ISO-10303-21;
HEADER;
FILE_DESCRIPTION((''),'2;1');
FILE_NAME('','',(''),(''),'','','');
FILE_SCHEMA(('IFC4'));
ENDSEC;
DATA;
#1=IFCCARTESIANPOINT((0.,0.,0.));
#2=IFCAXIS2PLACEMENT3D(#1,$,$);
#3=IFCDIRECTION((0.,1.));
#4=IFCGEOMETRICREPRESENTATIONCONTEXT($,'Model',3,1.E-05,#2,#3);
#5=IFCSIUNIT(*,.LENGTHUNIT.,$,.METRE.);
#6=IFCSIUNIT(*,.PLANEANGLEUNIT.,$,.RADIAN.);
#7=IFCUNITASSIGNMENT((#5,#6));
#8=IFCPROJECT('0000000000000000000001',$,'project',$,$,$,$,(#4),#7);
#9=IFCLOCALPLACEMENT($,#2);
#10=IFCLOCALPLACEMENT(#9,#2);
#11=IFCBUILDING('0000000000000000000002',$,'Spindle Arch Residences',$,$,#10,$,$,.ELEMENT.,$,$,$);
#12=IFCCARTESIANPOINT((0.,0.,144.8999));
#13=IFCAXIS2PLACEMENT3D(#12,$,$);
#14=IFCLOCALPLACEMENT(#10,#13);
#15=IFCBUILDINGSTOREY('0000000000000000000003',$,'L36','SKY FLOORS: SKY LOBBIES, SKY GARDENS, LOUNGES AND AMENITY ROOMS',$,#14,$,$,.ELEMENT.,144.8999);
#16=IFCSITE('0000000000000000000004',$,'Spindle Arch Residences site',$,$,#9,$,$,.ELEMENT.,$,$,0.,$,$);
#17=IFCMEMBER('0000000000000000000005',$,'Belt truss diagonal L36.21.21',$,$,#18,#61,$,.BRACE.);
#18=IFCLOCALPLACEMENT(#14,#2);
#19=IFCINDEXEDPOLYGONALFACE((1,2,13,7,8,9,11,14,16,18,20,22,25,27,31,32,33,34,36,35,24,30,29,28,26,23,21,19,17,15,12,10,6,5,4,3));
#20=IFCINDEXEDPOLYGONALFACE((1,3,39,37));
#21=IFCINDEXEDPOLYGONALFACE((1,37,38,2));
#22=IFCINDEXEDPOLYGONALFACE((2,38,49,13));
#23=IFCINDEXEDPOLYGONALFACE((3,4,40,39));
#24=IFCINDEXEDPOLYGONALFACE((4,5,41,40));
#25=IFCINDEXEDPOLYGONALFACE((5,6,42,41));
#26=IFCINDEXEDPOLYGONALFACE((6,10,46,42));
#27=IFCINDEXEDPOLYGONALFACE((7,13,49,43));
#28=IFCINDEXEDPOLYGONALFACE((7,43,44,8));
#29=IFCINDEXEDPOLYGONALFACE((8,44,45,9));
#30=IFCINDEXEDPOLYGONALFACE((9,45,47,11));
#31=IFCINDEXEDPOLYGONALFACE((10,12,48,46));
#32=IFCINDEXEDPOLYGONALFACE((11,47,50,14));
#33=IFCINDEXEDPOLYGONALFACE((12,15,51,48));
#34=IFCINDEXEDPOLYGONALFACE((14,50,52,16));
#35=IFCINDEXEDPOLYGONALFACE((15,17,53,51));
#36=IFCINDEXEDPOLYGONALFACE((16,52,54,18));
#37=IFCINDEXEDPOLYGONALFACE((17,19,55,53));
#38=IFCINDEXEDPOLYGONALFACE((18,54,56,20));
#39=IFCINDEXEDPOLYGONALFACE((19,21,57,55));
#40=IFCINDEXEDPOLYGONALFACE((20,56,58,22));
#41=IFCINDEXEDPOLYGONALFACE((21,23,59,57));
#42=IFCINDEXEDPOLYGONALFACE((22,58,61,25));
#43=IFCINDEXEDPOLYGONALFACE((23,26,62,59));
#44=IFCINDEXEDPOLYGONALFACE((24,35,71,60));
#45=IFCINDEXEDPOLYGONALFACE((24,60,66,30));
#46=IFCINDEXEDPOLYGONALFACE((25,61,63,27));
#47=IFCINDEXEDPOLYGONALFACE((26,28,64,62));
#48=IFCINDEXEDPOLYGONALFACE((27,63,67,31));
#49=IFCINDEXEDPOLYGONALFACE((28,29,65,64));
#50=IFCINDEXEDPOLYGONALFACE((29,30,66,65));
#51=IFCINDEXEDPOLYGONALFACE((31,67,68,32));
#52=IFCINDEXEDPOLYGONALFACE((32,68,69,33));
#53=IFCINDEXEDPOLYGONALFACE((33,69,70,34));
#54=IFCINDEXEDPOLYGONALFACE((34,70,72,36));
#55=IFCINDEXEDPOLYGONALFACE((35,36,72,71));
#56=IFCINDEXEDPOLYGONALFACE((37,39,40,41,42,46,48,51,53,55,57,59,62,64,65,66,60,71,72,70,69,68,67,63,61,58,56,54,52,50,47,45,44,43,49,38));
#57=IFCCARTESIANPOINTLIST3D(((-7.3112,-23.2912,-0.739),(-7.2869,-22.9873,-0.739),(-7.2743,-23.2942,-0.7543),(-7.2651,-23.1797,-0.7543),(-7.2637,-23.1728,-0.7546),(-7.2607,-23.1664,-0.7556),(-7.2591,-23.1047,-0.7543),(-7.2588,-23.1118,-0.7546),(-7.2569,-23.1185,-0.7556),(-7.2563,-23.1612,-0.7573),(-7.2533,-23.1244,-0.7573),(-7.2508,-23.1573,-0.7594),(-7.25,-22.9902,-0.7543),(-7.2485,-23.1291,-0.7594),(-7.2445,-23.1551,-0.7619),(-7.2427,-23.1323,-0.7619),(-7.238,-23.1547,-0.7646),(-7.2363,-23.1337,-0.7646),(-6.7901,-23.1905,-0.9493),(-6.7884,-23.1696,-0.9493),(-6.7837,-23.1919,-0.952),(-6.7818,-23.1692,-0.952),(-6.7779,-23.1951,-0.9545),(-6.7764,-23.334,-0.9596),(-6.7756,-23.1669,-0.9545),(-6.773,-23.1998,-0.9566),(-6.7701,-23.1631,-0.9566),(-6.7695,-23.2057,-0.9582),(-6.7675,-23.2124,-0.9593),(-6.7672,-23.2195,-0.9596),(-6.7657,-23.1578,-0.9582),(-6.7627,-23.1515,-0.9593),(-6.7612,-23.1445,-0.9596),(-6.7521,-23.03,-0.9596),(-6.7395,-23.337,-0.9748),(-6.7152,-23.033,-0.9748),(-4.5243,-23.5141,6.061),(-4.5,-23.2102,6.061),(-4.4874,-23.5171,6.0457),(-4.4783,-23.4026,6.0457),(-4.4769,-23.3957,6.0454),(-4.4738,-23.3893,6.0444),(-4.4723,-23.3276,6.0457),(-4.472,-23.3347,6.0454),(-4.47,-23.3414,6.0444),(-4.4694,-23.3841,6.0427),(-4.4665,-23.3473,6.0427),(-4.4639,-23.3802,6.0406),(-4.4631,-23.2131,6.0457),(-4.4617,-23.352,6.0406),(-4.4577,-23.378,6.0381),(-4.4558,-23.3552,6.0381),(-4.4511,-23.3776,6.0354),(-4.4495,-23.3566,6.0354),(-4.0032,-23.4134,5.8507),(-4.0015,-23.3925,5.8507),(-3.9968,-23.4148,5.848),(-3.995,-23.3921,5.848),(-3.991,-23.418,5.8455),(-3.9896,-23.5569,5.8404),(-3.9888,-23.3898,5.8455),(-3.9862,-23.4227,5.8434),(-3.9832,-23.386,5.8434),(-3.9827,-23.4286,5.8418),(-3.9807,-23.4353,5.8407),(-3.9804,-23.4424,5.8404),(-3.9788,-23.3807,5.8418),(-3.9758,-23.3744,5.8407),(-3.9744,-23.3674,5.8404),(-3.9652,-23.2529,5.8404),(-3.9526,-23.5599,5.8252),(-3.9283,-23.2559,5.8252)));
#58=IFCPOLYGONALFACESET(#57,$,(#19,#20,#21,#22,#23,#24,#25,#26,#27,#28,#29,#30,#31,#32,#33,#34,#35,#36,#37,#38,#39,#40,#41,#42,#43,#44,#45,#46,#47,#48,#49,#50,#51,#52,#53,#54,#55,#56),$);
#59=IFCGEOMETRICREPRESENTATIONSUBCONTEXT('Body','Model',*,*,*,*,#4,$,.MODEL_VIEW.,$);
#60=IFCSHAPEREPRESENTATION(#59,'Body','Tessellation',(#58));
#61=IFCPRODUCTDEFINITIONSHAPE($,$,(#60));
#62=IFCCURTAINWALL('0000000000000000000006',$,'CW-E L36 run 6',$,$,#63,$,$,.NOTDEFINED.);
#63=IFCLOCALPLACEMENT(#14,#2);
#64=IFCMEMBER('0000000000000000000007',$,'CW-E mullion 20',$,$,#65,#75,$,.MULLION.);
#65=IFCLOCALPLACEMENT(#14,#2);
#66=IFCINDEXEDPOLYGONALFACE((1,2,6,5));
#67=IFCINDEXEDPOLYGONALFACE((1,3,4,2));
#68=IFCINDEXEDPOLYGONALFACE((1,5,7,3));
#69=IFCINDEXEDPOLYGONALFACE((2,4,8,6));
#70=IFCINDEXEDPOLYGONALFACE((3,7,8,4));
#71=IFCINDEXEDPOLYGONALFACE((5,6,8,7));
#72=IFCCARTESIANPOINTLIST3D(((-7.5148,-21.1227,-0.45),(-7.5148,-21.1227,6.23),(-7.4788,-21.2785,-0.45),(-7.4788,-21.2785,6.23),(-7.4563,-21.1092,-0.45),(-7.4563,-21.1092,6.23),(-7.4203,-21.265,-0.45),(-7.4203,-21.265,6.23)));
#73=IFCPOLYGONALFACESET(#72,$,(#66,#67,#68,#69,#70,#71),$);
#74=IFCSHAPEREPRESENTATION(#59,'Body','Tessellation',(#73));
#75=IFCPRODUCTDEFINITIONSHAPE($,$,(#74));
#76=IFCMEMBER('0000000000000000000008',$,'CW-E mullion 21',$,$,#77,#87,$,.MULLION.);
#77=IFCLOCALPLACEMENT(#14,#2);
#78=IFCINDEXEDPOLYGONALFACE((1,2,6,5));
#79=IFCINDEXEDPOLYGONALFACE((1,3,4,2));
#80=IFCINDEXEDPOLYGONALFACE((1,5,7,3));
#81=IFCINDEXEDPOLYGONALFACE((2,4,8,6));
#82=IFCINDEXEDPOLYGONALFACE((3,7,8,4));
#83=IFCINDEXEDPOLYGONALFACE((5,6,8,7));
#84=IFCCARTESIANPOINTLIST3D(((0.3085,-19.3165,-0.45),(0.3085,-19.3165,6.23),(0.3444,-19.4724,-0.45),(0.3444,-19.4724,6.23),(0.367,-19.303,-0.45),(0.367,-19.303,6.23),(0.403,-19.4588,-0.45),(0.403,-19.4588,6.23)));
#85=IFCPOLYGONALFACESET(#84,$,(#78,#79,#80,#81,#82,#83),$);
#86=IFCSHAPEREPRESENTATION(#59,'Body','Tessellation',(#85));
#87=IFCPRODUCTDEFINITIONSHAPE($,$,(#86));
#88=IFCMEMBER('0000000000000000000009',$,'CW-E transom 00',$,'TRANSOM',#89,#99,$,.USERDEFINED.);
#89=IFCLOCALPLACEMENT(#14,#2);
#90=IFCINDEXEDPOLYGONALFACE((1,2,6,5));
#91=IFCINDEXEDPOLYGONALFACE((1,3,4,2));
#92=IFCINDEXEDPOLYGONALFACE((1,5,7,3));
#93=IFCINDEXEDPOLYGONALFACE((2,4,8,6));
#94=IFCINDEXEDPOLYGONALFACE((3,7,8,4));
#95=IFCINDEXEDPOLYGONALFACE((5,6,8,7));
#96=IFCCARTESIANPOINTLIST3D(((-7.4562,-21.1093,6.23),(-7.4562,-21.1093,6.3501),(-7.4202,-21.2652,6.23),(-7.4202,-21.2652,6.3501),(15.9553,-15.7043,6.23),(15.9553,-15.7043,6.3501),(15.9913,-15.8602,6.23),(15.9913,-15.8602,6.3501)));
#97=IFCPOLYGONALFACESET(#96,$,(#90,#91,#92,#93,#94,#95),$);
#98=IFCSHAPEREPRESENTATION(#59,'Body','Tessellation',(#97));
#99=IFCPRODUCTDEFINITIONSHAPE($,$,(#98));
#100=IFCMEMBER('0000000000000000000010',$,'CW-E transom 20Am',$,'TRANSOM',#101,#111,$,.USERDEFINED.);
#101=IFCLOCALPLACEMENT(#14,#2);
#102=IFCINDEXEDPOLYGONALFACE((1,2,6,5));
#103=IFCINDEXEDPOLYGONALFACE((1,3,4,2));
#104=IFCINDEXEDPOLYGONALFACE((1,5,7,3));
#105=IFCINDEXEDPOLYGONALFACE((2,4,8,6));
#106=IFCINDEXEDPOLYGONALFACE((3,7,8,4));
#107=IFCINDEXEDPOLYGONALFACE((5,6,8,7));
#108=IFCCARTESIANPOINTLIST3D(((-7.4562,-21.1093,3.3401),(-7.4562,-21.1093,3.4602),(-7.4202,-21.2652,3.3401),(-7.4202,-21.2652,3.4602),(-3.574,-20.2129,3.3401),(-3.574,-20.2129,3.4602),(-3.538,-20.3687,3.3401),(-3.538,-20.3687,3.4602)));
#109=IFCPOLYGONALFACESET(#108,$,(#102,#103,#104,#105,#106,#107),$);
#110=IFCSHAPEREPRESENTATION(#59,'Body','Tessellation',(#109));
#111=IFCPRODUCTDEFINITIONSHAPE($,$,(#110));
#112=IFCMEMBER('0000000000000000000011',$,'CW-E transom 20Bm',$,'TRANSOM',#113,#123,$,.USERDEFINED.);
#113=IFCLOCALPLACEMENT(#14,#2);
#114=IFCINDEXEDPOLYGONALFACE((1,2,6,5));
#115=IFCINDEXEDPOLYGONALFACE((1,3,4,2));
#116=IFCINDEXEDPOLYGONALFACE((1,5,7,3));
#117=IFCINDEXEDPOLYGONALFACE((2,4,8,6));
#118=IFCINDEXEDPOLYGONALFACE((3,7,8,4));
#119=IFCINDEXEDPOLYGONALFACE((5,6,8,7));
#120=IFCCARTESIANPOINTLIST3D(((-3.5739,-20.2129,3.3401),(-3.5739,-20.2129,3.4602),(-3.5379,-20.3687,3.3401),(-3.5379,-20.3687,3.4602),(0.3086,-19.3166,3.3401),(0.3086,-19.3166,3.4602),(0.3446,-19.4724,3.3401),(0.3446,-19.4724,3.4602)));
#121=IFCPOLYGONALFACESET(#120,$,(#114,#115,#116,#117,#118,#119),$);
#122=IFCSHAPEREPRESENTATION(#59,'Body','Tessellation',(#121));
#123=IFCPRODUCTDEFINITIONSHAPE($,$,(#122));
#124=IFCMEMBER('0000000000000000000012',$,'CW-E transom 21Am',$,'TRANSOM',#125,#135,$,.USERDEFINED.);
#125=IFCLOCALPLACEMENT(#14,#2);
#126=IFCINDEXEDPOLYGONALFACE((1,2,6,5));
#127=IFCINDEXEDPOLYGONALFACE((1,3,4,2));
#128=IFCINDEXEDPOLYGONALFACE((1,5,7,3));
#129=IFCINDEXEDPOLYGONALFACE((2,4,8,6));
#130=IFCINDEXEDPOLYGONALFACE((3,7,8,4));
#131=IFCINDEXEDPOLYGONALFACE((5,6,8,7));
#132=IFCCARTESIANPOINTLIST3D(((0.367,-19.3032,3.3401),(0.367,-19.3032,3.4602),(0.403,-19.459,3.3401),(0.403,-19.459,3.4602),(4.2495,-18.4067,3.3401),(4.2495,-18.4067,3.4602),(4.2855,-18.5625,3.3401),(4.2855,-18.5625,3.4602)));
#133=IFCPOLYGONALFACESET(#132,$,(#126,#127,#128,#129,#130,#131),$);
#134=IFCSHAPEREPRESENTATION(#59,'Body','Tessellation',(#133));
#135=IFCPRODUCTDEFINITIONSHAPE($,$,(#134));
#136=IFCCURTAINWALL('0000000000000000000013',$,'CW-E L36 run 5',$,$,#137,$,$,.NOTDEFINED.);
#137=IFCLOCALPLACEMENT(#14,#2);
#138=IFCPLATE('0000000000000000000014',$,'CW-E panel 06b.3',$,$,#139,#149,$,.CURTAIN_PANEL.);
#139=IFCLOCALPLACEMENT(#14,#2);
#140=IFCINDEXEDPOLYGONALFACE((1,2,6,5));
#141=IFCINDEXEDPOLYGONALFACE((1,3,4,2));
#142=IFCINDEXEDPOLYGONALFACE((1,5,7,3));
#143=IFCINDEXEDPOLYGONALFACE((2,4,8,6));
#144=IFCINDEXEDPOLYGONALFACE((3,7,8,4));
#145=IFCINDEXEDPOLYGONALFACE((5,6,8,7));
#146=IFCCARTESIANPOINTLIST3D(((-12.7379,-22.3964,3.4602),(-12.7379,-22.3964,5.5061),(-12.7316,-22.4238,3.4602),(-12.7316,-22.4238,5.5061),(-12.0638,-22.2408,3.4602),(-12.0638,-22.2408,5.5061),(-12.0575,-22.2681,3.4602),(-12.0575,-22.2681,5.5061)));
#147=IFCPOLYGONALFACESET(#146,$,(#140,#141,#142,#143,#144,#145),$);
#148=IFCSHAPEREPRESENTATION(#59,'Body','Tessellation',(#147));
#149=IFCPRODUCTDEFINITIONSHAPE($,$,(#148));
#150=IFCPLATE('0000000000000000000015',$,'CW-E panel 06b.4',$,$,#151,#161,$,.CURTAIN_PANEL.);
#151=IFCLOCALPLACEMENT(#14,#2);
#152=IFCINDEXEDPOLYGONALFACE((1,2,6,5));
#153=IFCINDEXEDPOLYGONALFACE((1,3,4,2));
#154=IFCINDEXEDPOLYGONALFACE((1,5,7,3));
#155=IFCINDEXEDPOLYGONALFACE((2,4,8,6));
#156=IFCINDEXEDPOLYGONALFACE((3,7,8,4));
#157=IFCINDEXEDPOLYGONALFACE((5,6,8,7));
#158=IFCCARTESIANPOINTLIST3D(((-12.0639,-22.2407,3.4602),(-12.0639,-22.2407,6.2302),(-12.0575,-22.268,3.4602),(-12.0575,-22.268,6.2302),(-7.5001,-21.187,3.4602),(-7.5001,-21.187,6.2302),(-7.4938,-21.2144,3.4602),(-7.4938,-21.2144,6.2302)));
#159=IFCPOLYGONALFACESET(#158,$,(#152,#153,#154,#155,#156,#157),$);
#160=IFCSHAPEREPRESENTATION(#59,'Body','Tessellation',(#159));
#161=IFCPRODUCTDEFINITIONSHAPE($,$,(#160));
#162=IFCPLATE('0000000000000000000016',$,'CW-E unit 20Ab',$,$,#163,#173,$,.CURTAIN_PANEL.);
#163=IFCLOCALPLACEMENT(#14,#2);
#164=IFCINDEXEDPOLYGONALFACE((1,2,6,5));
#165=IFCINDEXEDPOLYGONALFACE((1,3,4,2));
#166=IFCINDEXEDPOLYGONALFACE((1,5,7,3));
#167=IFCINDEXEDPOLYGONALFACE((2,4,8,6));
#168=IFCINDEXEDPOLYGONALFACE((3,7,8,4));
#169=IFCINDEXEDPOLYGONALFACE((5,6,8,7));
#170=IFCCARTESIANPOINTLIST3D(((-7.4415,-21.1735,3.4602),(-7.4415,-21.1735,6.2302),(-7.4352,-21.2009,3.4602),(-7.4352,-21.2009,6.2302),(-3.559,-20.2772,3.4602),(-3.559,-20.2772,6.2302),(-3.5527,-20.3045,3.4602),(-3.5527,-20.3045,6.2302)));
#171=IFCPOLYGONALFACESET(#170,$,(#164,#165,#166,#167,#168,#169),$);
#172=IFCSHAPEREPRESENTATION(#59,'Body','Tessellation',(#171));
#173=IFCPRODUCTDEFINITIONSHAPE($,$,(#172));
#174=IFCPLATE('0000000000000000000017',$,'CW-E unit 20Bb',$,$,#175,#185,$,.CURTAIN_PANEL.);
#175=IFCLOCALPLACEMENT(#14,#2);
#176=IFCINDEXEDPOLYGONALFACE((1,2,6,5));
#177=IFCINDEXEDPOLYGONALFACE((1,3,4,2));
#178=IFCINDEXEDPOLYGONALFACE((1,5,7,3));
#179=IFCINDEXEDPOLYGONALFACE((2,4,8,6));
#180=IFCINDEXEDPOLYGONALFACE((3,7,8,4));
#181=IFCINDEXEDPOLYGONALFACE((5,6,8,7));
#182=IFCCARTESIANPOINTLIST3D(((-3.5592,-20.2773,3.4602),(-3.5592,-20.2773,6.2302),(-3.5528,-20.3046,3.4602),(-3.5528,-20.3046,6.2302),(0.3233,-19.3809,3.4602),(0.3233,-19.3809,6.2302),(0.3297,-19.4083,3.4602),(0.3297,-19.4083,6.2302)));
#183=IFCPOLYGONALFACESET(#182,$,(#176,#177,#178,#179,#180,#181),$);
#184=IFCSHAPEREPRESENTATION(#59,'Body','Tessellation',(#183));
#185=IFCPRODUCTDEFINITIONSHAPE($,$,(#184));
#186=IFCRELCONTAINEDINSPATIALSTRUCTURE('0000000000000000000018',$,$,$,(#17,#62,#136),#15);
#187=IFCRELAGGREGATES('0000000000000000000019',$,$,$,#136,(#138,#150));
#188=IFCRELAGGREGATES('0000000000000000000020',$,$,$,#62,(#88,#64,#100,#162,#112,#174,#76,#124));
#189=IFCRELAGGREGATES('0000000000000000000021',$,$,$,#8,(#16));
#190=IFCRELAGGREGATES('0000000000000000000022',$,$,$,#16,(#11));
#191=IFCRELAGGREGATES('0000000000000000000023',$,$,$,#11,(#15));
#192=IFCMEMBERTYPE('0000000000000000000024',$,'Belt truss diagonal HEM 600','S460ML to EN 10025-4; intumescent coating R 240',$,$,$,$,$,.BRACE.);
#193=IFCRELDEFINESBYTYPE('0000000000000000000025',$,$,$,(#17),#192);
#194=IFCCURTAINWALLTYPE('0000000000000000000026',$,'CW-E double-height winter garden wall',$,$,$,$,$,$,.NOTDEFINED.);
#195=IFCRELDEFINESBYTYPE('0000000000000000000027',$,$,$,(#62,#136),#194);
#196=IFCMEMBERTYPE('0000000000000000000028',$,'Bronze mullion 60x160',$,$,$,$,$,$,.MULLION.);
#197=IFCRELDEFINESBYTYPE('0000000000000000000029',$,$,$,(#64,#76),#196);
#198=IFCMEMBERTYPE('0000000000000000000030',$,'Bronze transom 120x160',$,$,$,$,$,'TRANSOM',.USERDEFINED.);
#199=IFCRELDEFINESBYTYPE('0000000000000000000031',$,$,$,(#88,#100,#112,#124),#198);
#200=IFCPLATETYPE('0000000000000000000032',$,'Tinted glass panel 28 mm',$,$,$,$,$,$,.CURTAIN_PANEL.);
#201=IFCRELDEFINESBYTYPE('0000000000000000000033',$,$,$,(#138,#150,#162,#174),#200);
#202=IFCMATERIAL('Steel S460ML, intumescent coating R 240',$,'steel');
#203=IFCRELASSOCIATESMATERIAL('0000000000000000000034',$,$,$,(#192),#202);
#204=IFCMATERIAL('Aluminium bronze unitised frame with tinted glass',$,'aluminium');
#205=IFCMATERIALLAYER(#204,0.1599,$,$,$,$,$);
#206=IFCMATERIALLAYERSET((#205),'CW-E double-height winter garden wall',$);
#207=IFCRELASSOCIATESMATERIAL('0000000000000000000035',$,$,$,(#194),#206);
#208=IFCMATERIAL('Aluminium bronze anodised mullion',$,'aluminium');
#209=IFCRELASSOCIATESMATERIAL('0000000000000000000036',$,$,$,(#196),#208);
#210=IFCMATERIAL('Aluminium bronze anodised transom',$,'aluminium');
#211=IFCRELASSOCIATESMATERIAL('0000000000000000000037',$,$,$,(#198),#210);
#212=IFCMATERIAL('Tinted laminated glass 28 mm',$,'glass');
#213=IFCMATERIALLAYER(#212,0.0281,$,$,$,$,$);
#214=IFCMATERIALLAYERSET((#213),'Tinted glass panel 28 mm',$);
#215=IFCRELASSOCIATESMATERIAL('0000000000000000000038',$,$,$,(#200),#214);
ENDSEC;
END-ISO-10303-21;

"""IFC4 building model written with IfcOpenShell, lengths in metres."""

from ifc_helpers import new_model, si_unit, direction, frame, origin, origin_2d, place, context, subcontext, project, spatial, rectangle, i_section, extrude, material, layer, layer_set, material_profile, profile_set, type_object, element, aggregate, save


model = new_model("IFC4")

# Units and contexts
model_context = context("Model", 3, precision=1e-05, world=origin(), true_north=direction((0.0, 1.0)))
body_context = subcontext(model_context, "Body", "Model", "MODEL_VIEW")
ifc_project = project(units=[si_unit("LENGTHUNIT", "METRE"), si_unit("PLANEANGLEUNIT", "RADIAN")], contexts=[model_context])

# Site, building, storey
site_placement = place(None, origin())
site = spatial("IfcSite", under=ifc_project, at=site_placement, Name="Spindle Arch Residences site", CompositionType="ELEMENT", RefElevation=0.0)
building_placement = place(site_placement, origin())
building = spatial("IfcBuilding", under=site, at=building_placement, Name="Spindle Arch Residences", CompositionType="ELEMENT")
storey_placement = place(building_placement, frame((0.0, 0.0, 144.8999)))
storey = spatial("IfcBuildingStorey", under=building, at=storey_placement, Name="L36", Description="SKY FLOORS: SKY LOBBIES, SKY GARDENS, LOUNGES AND AMENITY ROOMS", CompositionType="ELEMENT", Elevation=144.8999)

# Member
ifc_material_1 = material(Name="Steel S460ML, intumescent coating R 240", Category="steel")
ifc_material_profile_1 = material_profile(ifc_material_1, i_section(OverallWidth=0.3049, OverallDepth=0.6201, WebThickness=0.021, FlangeThickness=0.04, FilletRadius=0.0271, at=origin_2d()), Name="HEM 600")
ifc_profile_set_1 = profile_set([ifc_material_profile_1], Name="Steel S460ML, intumescent coating R 240")
member_type_1 = type_object("IfcMemberType", Name="Belt truss diagonal HEM 600", Description="S460ML to EN 10025-4; intumescent coating R 240", PredefinedType="BRACE", material=ifc_profile_set_1)
member_1_placement = place(storey_placement, frame((-7.0132, -23.1621, -0.8569), z_axis=(0.379044, -0.030317, 0.924882), x_axis=(0.079728, 0.996817, 0.0)))
element("IfcMember", 1, at=member_1_placement, inside=storey, type_object=member_type_1, Name="Belt truss diagonal L36.21.21", PredefinedType="BRACE", context=body_context, shape_type="SweptSolid", body=[
    extrude(i_section(OverallWidth=0.3049, OverallDepth=0.6201, WebThickness=0.021, FlangeThickness=0.04, FilletRadius=0.0271, at=origin_2d()), origin(), (0.0, 0.0, 1.0), 7.3523),
])

# Curtain wall, members
ifc_material_2 = material(Name="Aluminium bronze unitised frame with tinted glass", Category="aluminium")
ifc_layer_1 = layer(ifc_material_2, 0.1599)
ifc_layer_set_1 = layer_set([ifc_layer_1], Name="CW-E double-height winter garden wall")
curtain_wall_type = type_object("IfcCurtainWallType", Name="CW-E double-height winter garden wall", PredefinedType="NOTDEFINED", material=ifc_layer_set_1)
curtain_wall_1_placement = place(storey_placement, origin())
curtain_wall_1 = element("IfcCurtainWall", 2, at=curtain_wall_1_placement, inside=storey, type_object=curtain_wall_type, Name="CW-E L36 run 6", PredefinedType="NOTDEFINED")
ifc_material_3 = material(Name="Aluminium bronze anodised mullion", Category="aluminium")
ifc_material_profile_2 = material_profile(ifc_material_3, rectangle(XDim=0.1599, YDim=0.0601, at=origin_2d()), Name="MU 60x160")
ifc_profile_set_2 = profile_set([ifc_material_profile_2], Name="Aluminium bronze anodised mullion")
member_type_2 = type_object("IfcMemberType", Name="Bronze mullion 60x160", PredefinedType="MULLION", material=ifc_profile_set_2)
member_2_placement = place(storey_placement, frame((-7.4675, -21.1938, -0.45), z_axis=(0.0, 0.0, 1.0), x_axis=(-0.224951, 0.97437, 0.0)))
member_2 = element("IfcMember", 3, at=member_2_placement, type_object=member_type_2, Name="CW-E mullion 20", PredefinedType="MULLION", context=body_context, shape_type="SweptSolid", body=[
    extrude(rectangle(XDim=0.1599, YDim=0.0601, at=origin_2d()), origin(), (0.0, 0.0, 1.0), 6.6799),
])
member_3_placement = place(storey_placement, frame((0.3557, -19.3877, -0.45), z_axis=(0.0, 0.0, 1.0), x_axis=(-0.224951, 0.97437, 0.0)))
member_3 = element("IfcMember", 4, at=member_3_placement, type_object=member_type_2, Name="CW-E mullion 21", PredefinedType="MULLION", context=body_context, shape_type="SweptSolid", body=[
    extrude(rectangle(XDim=0.1599, YDim=0.0601, at=origin_2d()), origin(), (0.0, 0.0, 1.0), 6.6799),
])
ifc_material_4 = material(Name="Aluminium bronze anodised transom", Category="aluminium")
ifc_material_profile_3 = material_profile(ifc_material_4, rectangle(XDim=0.1599, YDim=0.1201, at=origin_2d()), Name="TR 120x160")
ifc_profile_set_3 = profile_set([ifc_material_profile_3], Name="Aluminium bronze anodised transom")
member_type_3 = type_object("IfcMemberType", Name="Bronze transom 120x160", ElementType="TRANSOM", PredefinedType="USERDEFINED", material=ifc_profile_set_3)
member_4_placement = place(storey_placement, frame((-7.4382, -21.1873, 6.29), z_axis=(0.97437, 0.224952, 0.0), x_axis=(-0.224952, 0.97437, 0.0)))
member_4 = element("IfcMember", 5, at=member_4_placement, type_object=member_type_3, Name="CW-E transom 00", ObjectType="TRANSOM", PredefinedType="USERDEFINED", context=body_context, shape_type="SweptSolid", body=[
    extrude(rectangle(XDim=0.1599, YDim=0.1201, at=origin_2d()), origin(), (0.0, 0.0, 1.0), 24.0273),
])
member_5_placement = place(storey_placement, frame((-7.4382, -21.1873, 3.4001), z_axis=(0.97436, 0.224994, 0.0), x_axis=(-0.224994, 0.97436, 0.0)))
member_5 = element("IfcMember", 6, at=member_5_placement, type_object=member_type_3, Name="CW-E transom 20Am", ObjectType="TRANSOM", PredefinedType="USERDEFINED", context=body_context, shape_type="SweptSolid", body=[
    extrude(rectangle(XDim=0.1599, YDim=0.1201, at=origin_2d()), origin(), (0.0, 0.0, 1.0), 3.9844),
])
member_6_placement = place(storey_placement, frame((-3.5559, -20.2908, 3.4001), z_axis=(0.974377, 0.224922, 0.0), x_axis=(-0.224922, 0.974377, 0.0)))
member_6 = element("IfcMember", 7, at=member_6_placement, type_object=member_type_3, Name="CW-E transom 20Bm", ObjectType="TRANSOM", PredefinedType="USERDEFINED", context=body_context, shape_type="SweptSolid", body=[
    extrude(rectangle(XDim=0.1599, YDim=0.1201, at=origin_2d()), origin(), (0.0, 0.0, 1.0), 3.9846),
])
member_7_placement = place(storey_placement, frame((0.385, -19.3811, 3.4001), z_axis=(0.974363, 0.22498, 0.0), x_axis=(-0.22498, 0.974363, 0.0)))
member_7 = element("IfcMember", 8, at=member_7_placement, type_object=member_type_3, Name="CW-E transom 21Am", ObjectType="TRANSOM", PredefinedType="USERDEFINED", context=body_context, shape_type="SweptSolid", body=[
    extrude(rectangle(XDim=0.1599, YDim=0.1201, at=origin_2d()), origin(), (0.0, 0.0, 1.0), 3.9846),
])

# Curtain wall, plates
curtain_wall_2_placement = place(storey_placement, origin())
curtain_wall_2 = element("IfcCurtainWall", 9, at=curtain_wall_2_placement, inside=storey, type_object=curtain_wall_type, Name="CW-E L36 run 5", PredefinedType="NOTDEFINED")
ifc_material_5 = material(Name="Tinted laminated glass 28 mm", Category="glass")
ifc_layer_2 = layer(ifc_material_5, 0.0281)
ifc_layer_set_2 = layer_set([ifc_layer_2], Name="Tinted glass panel 28 mm")
plate_type_1 = type_object("IfcPlateType", Name="Tinted glass panel 28 mm", PredefinedType="CURTAIN_PANEL", material=ifc_layer_set_2)
plate_1_placement = place(storey_placement, frame((-12.3977, -22.3323, 3.4602), z_axis=(0.0, 0.0, 1.0), x_axis=(0.97437, 0.224951, 0.0)))
plate_1 = element("IfcPlate", 10, at=plate_1_placement, type_object=plate_type_1, Name="CW-E panel 06b.3", PredefinedType="CURTAIN_PANEL", context=body_context, shape_type="SweptSolid", body=[
    extrude(rectangle(XDim=0.6919, YDim=0.0281, at=origin_2d()), origin(), (0.0, 0.0, 1.0), 2.0459),
])
plate_2_placement = place(storey_placement, frame((-9.7788, -21.7275, 3.4602), z_axis=(0.0, 0.0, 1.0), x_axis=(0.97437, 0.224951, 0.0)))
plate_2 = element("IfcPlate", 11, at=plate_2_placement, type_object=plate_type_1, Name="CW-E panel 06b.4", PredefinedType="CURTAIN_PANEL", context=body_context, shape_type="SweptSolid", body=[
    extrude(rectangle(XDim=4.6838, YDim=0.0281, at=origin_2d()), origin(), (0.0, 0.0, 1.0), 2.77),
])

# Plates
plate_3_placement = place(storey_placement, frame((-5.4971, -20.739, 3.4602), z_axis=(0.0, 0.0, 1.0), x_axis=(0.97437, 0.224951, 0.0)))
plate_3 = element("IfcPlate", 12, at=plate_3_placement, type_object=plate_type_1, Name="CW-E unit 20Ab", PredefinedType="CURTAIN_PANEL", context=body_context, shape_type="SweptSolid", body=[
    extrude(rectangle(XDim=3.9846, YDim=0.0281, at=origin_2d()), origin(), (0.0, 0.0, 1.0), 2.77),
])
plate_4_placement = place(storey_placement, frame((-1.6147, -19.8428, 3.4602), z_axis=(0.0, 0.0, 1.0), x_axis=(0.97437, 0.224951, 0.0)))
plate_4 = element("IfcPlate", 13, at=plate_4_placement, type_object=plate_type_1, Name="CW-E unit 20Bb", PredefinedType="CURTAIN_PANEL", context=body_context, shape_type="SweptSolid", body=[
    extrude(rectangle(XDim=3.9846, YDim=0.0281, at=origin_2d()), origin(), (0.0, 0.0, 1.0), 2.77),
])
aggregate(curtain_wall_2, [plate_1, plate_2])
aggregate(curtain_wall_1, [member_4, member_2, member_5, plate_3, member_6, plate_4, member_3, member_7])

save(model, "model.ifc")
